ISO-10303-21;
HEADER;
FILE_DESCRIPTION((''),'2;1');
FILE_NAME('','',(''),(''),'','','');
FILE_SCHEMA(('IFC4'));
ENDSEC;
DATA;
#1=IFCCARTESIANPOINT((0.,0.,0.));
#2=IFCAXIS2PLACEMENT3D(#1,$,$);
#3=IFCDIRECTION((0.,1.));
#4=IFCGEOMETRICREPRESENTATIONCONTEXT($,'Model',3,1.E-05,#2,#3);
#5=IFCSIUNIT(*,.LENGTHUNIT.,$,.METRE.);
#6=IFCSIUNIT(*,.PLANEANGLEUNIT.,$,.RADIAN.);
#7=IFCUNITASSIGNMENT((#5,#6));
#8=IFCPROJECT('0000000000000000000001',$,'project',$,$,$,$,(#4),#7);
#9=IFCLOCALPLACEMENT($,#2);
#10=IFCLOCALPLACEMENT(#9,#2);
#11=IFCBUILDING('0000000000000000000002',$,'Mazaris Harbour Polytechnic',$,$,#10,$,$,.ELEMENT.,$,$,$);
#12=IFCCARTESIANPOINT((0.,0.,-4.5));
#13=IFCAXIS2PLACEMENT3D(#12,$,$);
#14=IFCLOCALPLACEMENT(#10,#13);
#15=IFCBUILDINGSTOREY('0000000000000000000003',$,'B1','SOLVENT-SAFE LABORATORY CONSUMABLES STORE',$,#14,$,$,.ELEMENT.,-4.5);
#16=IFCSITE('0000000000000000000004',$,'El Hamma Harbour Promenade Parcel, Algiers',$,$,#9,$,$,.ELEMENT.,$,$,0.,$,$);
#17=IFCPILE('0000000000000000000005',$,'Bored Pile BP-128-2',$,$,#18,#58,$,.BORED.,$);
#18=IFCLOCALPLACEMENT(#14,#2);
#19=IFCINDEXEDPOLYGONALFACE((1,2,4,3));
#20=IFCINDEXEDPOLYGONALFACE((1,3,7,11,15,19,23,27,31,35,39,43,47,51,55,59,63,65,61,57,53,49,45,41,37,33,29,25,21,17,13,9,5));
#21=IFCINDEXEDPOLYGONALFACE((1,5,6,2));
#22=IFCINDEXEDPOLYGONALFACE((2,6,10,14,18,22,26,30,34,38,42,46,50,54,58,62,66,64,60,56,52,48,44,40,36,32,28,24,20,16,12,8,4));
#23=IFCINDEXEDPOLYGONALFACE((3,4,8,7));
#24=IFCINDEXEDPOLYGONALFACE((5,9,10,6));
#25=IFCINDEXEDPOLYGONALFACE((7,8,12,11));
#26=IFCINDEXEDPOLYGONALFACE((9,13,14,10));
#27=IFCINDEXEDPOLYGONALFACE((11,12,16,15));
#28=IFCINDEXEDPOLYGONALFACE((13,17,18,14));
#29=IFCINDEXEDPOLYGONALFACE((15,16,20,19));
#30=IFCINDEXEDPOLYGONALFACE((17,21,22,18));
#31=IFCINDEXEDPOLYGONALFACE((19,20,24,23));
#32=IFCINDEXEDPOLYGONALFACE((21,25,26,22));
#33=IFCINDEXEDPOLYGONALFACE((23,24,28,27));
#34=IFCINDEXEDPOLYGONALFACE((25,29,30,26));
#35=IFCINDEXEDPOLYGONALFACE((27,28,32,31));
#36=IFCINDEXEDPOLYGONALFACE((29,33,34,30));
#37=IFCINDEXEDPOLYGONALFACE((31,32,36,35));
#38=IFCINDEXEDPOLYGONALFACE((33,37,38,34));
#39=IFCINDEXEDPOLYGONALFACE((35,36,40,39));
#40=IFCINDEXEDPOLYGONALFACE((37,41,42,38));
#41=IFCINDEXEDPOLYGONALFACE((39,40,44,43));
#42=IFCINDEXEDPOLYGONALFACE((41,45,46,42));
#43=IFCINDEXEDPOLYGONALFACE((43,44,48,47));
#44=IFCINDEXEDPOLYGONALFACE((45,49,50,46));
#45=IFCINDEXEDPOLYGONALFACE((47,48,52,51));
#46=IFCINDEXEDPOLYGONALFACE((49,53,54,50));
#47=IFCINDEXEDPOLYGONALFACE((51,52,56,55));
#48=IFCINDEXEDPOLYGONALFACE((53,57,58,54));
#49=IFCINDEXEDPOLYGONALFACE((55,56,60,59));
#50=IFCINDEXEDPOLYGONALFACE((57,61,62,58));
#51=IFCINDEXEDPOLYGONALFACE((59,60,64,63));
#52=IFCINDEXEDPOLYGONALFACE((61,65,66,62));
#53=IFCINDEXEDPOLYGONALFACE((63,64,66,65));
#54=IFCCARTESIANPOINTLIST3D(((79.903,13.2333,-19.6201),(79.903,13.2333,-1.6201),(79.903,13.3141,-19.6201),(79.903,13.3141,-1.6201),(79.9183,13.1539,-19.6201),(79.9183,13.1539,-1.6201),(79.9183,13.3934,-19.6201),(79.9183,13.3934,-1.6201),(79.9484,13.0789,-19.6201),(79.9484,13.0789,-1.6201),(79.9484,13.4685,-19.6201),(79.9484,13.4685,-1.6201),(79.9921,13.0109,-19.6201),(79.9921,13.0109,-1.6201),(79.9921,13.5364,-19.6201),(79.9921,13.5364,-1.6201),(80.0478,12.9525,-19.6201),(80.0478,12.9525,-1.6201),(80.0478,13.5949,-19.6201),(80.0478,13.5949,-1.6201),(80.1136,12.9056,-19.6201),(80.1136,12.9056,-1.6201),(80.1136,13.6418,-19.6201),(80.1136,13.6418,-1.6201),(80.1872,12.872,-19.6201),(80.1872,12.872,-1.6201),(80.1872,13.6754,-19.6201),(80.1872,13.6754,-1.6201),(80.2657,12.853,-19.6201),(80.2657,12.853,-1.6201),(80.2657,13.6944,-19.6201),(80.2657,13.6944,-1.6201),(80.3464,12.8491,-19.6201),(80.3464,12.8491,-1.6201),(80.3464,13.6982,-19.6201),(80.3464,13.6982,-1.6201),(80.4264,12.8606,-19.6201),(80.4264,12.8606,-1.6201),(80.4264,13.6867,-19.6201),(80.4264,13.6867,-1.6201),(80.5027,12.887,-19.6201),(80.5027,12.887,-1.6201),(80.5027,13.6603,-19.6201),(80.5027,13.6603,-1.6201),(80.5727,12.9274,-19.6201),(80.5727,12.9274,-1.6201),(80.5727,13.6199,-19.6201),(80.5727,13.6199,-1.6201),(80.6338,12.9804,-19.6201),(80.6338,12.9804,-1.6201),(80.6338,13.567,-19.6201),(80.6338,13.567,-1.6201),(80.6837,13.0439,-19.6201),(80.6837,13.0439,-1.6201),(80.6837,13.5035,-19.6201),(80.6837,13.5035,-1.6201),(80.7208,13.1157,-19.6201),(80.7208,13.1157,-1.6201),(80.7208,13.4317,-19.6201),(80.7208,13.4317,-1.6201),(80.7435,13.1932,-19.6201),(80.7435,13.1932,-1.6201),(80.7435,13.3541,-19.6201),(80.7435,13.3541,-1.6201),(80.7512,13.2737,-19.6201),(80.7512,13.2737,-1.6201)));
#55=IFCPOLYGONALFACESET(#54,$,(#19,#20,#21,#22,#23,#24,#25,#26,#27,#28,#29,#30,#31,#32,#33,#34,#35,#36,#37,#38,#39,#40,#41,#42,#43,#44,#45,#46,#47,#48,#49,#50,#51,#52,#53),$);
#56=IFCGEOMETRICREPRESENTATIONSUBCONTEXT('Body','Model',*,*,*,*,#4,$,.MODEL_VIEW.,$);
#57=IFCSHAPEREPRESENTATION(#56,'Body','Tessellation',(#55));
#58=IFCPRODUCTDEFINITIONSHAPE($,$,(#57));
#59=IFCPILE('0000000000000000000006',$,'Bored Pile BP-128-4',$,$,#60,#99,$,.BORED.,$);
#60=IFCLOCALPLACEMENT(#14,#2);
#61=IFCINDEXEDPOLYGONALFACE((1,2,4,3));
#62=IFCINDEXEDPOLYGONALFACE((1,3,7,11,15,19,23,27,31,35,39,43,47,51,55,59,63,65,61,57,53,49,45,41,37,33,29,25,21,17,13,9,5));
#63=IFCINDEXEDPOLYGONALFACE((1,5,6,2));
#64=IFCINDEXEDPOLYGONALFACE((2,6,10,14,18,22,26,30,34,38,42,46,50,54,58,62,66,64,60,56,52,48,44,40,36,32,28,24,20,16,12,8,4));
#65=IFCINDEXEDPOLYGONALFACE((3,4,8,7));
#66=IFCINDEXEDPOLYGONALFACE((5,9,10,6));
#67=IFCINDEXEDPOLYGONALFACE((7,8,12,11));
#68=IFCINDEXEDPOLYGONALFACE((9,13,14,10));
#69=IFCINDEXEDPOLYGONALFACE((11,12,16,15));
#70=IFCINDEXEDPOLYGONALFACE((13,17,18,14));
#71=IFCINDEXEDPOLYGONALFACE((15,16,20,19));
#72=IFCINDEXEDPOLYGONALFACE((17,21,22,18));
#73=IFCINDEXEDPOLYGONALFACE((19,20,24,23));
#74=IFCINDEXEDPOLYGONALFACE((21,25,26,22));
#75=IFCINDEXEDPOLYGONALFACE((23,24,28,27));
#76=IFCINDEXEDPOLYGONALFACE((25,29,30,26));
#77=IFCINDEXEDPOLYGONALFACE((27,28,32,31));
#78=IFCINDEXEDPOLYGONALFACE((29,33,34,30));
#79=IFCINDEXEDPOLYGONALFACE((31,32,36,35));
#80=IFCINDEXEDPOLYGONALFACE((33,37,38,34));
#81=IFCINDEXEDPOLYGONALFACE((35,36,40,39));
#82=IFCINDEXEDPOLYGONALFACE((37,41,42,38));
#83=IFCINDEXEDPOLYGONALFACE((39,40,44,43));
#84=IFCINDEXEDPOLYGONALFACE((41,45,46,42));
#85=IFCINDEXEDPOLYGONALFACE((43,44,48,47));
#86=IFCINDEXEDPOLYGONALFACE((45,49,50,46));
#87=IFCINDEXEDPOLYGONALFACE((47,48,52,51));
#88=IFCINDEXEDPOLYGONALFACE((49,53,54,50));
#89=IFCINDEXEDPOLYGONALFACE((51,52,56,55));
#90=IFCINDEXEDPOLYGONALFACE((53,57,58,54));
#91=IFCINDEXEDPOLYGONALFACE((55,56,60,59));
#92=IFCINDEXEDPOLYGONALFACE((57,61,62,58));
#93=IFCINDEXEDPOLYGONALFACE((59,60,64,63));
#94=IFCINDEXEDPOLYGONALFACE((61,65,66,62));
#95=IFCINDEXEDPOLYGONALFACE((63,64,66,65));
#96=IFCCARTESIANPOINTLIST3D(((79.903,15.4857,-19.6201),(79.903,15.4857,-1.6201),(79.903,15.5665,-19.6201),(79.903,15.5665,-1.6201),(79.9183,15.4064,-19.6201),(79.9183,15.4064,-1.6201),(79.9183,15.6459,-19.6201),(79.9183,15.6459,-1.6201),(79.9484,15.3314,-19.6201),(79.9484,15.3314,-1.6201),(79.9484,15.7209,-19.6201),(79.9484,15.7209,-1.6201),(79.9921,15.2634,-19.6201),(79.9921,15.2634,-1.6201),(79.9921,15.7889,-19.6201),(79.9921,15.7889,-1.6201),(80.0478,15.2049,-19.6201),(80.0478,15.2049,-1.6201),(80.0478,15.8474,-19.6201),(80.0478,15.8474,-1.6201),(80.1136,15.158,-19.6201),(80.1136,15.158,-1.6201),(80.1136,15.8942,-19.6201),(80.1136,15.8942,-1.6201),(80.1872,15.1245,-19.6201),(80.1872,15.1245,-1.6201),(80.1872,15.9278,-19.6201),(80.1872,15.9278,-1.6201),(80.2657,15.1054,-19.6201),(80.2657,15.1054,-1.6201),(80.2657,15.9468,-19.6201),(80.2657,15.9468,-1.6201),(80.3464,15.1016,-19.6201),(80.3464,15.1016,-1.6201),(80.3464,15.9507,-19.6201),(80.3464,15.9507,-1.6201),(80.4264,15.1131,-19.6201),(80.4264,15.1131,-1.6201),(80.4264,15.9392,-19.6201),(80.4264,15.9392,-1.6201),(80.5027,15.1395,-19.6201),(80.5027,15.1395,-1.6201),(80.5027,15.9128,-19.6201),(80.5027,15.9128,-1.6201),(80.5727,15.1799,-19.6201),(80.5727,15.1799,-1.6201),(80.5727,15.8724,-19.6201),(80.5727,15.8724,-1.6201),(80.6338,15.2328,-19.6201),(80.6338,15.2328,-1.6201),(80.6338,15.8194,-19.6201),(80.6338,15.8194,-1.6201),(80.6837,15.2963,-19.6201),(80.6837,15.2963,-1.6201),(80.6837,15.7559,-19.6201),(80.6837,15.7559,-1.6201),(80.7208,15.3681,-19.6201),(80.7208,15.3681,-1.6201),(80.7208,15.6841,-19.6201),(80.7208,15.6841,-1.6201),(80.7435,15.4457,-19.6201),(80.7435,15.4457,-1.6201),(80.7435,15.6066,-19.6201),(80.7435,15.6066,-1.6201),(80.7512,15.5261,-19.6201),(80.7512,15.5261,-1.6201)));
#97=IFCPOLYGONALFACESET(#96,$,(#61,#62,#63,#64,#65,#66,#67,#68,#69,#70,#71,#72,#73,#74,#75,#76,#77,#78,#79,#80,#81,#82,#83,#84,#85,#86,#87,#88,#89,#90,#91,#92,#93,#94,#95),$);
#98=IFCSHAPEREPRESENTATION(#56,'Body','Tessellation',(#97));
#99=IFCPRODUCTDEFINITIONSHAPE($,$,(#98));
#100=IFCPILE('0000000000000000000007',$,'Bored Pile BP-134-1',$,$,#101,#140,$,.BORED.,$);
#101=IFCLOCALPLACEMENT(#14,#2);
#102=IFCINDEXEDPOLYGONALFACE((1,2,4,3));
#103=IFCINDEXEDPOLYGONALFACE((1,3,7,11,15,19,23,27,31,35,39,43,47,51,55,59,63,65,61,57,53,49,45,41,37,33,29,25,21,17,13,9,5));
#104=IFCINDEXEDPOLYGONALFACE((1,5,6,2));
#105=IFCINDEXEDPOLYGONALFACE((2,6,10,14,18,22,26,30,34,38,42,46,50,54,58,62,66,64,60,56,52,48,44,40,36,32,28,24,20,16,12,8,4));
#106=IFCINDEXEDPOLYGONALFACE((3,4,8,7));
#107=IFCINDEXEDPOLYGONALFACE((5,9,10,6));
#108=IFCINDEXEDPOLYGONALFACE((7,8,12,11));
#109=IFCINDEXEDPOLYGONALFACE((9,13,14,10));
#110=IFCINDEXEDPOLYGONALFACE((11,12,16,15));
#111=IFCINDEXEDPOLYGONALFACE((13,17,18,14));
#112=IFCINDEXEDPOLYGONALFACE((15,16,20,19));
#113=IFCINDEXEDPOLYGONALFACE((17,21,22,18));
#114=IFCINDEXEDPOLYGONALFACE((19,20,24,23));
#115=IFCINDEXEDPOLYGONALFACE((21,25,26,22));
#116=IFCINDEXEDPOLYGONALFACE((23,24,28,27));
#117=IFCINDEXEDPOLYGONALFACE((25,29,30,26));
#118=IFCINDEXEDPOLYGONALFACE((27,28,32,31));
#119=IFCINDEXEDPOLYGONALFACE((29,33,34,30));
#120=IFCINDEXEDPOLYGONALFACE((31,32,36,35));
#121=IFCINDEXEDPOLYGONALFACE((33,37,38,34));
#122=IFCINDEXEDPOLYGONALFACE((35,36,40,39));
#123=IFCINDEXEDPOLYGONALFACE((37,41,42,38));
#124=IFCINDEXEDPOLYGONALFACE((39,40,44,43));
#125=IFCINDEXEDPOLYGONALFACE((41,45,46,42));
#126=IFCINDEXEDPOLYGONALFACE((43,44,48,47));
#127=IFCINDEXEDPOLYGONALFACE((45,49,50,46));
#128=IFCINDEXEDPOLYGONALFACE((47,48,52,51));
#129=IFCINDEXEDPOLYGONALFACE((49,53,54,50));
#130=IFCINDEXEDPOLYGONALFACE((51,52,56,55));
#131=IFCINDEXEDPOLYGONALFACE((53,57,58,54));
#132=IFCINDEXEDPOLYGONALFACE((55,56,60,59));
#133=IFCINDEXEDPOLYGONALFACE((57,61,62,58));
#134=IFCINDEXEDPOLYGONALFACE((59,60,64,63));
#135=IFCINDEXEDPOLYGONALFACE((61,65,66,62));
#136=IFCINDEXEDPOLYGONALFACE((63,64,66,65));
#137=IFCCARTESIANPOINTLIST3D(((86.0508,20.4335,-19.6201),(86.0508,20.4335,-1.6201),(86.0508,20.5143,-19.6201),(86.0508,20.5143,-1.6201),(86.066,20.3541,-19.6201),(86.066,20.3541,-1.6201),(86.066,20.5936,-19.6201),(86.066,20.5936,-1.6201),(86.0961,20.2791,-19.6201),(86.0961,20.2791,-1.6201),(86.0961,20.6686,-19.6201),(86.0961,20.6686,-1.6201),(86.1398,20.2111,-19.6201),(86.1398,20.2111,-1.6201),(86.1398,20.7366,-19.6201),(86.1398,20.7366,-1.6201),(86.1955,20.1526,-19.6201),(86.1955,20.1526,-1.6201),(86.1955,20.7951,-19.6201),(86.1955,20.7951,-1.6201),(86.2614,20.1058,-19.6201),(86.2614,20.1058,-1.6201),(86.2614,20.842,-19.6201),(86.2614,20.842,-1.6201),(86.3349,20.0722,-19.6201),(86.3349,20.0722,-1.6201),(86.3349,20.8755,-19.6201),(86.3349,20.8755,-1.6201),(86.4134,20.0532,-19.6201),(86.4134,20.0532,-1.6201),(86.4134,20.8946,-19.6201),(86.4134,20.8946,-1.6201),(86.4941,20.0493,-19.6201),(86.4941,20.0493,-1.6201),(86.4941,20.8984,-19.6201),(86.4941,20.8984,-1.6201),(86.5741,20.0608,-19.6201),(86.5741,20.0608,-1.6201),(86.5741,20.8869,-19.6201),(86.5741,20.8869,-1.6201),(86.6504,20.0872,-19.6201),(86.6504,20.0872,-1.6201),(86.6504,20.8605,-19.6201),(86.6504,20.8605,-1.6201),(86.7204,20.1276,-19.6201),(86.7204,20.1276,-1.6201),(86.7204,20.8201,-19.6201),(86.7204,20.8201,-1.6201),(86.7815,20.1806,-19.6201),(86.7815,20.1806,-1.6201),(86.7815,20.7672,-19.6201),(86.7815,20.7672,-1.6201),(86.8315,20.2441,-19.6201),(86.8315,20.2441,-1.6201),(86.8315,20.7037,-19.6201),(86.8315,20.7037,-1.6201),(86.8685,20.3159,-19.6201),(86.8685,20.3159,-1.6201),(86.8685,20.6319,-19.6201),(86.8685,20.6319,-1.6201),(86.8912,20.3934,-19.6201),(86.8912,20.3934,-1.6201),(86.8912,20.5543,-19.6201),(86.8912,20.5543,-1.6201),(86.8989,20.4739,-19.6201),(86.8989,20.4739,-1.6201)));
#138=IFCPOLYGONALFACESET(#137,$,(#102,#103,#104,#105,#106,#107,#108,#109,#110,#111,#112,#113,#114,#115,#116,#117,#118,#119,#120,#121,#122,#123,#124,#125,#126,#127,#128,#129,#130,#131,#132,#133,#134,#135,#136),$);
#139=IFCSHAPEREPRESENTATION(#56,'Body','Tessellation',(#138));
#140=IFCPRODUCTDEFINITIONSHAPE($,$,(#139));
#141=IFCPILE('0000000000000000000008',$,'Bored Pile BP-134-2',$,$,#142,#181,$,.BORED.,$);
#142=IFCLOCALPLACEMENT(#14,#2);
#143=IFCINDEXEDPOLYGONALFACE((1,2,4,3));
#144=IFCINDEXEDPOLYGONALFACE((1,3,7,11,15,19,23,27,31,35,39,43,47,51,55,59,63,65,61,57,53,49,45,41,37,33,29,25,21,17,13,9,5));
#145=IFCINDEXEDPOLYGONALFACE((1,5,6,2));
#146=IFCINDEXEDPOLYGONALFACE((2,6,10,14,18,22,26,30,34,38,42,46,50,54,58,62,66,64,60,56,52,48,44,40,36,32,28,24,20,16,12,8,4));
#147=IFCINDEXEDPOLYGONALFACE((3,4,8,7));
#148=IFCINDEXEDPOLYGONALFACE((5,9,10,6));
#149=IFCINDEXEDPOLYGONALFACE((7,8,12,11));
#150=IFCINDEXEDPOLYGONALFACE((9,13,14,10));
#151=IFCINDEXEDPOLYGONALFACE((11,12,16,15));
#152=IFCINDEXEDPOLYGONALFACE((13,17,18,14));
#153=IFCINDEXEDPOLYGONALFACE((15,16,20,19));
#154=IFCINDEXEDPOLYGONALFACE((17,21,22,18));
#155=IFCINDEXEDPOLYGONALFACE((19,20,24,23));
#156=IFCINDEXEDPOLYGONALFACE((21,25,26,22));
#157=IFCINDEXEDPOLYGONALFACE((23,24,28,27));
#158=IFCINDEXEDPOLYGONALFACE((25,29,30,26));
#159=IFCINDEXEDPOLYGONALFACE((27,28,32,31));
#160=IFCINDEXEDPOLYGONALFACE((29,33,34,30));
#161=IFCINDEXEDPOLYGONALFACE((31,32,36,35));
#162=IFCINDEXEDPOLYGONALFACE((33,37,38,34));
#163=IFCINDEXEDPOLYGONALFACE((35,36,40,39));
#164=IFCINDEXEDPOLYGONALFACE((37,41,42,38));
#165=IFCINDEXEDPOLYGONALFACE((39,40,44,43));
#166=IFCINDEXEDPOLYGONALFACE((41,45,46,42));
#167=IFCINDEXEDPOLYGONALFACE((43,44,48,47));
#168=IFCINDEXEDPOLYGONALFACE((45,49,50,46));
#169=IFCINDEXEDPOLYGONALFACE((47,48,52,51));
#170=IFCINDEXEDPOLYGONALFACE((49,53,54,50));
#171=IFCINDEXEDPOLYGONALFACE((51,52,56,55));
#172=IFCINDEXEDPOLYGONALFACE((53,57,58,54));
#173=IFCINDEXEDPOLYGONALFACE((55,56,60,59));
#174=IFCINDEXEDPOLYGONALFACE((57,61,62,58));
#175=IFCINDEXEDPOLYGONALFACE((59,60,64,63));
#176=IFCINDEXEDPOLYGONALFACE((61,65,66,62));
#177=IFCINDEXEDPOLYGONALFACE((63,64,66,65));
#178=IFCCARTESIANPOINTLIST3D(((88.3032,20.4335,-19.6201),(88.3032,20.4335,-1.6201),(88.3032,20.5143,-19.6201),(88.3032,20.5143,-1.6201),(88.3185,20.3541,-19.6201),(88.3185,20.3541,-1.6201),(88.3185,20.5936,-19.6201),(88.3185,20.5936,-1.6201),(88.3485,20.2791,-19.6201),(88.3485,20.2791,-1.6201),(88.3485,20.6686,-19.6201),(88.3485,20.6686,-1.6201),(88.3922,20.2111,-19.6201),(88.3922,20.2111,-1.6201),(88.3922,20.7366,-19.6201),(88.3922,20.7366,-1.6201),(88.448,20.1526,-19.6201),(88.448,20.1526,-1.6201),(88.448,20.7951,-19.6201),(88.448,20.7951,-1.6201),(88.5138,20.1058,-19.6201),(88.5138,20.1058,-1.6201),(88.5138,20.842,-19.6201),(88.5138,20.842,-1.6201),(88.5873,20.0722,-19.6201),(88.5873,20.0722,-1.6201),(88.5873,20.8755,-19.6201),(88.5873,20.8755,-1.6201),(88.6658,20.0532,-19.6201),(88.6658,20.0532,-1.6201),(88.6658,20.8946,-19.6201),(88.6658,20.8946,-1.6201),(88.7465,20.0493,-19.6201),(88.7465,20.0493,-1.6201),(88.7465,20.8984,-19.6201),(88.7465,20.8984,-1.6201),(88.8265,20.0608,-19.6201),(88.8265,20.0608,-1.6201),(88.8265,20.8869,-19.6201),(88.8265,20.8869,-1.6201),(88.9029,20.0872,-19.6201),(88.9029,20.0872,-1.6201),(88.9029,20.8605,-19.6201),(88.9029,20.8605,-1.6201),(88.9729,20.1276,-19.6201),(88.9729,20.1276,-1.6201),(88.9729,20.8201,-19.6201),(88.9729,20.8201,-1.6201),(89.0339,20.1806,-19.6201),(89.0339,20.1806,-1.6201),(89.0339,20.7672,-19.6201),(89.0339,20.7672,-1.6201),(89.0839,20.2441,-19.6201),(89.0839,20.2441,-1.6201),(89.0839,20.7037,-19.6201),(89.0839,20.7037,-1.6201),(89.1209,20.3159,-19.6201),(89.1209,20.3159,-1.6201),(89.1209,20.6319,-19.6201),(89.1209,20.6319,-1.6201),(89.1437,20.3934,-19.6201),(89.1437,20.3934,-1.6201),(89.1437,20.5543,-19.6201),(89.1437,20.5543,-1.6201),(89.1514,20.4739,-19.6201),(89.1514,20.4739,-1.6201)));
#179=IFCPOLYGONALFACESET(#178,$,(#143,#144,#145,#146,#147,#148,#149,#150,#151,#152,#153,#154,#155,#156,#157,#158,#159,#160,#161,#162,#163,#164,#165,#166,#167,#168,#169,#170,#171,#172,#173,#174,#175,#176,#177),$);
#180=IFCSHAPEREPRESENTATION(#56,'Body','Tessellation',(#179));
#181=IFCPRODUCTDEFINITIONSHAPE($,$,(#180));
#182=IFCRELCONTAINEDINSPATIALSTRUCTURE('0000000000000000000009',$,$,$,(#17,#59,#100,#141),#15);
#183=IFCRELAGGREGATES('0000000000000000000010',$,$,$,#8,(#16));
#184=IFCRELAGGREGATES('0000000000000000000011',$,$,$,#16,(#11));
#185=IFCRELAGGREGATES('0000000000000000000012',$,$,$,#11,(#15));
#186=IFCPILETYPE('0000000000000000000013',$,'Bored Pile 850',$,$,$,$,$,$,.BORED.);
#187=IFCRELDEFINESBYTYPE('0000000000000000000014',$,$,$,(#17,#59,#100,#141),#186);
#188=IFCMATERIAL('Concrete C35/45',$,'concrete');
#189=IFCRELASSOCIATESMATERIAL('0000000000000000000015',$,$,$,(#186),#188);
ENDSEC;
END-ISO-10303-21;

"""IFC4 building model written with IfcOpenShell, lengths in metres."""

from ifc_helpers import new_model, si_unit, direction, frame, origin, origin_2d, place, context, subcontext, project, spatial, circle, extrude, material, material_profile, profile_set, type_object, element, save


model = new_model("IFC4")

# Units and contexts
model_context = context("Model", 3, precision=1e-05, world=origin(), true_north=direction((0.0, 1.0)))
body_context = subcontext(model_context, "Body", "Model", "MODEL_VIEW")
ifc_project = project(units=[si_unit("LENGTHUNIT", "METRE"), si_unit("PLANEANGLEUNIT", "RADIAN")], contexts=[model_context])

# Site, building, storey
site_placement = place(None, origin())
site = spatial("IfcSite", under=ifc_project, at=site_placement, Name="El Hamma Harbour Promenade Parcel, Algiers", CompositionType="ELEMENT", RefElevation=0.0)
building_placement = place(site_placement, origin())
building = spatial("IfcBuilding", under=site, at=building_placement, Name="Mazaris Harbour Polytechnic", CompositionType="ELEMENT")
storey_placement = place(building_placement, frame((0.0, 0.0, -4.5)))
storey = spatial("IfcBuildingStorey", under=building, at=storey_placement, Name="B1", Description="SOLVENT-SAFE LABORATORY CONSUMABLES STORE", CompositionType="ELEMENT", Elevation=-4.5)

# Piles
ifc_material_1 = material(Name="Concrete C35/45", Category="concrete")
ifc_material_profile_1 = material_profile(ifc_material_1, circle(Radius=0.425, at=origin_2d()), Name="DIA850")
ifc_profile_set_1 = profile_set([ifc_material_profile_1], Name="Concrete C35/45")
pile_type_1 = type_object("IfcPileType", Name="Bored Pile 850", PredefinedType="BORED", material=ifc_profile_set_1)
for number, where, z_axis, x_axis, name in (
    (1, (80.3262, 13.2737, -1.6201), (0.0, 0.0, -1.0), (1.0, 0.0, 0.0), "Bored Pile BP-128-2"),
    (2, (80.3262, 15.5261, -1.6201), (0.0, 0.0, -1.0), (1.0, 0.0, 0.0), "Bored Pile BP-128-4"),
    (3, (86.4739, 20.4739, -1.6201), (0.0, 0.0, -1.0), (1.0, 0.0, 0.0), "Bored Pile BP-134-1"),
    (4, (88.7263, 20.4739, -1.6201), (0.0, 0.0, -1.0), (1.0, 0.0, 0.0), "Bored Pile BP-134-2"),
):
    element("IfcPile", number, at=place(storey_placement, frame(where, z_axis=z_axis, x_axis=x_axis)), inside=storey, type_object=pile_type_1, Name=name, PredefinedType="BORED", context=body_context, shape_type="SweptSolid", body=[
        extrude(circle(Radius=0.425, at=origin_2d()), origin(), (0.0, 0.0, 1.0), 18.0),
    ])

save(model, "model.ifc")
